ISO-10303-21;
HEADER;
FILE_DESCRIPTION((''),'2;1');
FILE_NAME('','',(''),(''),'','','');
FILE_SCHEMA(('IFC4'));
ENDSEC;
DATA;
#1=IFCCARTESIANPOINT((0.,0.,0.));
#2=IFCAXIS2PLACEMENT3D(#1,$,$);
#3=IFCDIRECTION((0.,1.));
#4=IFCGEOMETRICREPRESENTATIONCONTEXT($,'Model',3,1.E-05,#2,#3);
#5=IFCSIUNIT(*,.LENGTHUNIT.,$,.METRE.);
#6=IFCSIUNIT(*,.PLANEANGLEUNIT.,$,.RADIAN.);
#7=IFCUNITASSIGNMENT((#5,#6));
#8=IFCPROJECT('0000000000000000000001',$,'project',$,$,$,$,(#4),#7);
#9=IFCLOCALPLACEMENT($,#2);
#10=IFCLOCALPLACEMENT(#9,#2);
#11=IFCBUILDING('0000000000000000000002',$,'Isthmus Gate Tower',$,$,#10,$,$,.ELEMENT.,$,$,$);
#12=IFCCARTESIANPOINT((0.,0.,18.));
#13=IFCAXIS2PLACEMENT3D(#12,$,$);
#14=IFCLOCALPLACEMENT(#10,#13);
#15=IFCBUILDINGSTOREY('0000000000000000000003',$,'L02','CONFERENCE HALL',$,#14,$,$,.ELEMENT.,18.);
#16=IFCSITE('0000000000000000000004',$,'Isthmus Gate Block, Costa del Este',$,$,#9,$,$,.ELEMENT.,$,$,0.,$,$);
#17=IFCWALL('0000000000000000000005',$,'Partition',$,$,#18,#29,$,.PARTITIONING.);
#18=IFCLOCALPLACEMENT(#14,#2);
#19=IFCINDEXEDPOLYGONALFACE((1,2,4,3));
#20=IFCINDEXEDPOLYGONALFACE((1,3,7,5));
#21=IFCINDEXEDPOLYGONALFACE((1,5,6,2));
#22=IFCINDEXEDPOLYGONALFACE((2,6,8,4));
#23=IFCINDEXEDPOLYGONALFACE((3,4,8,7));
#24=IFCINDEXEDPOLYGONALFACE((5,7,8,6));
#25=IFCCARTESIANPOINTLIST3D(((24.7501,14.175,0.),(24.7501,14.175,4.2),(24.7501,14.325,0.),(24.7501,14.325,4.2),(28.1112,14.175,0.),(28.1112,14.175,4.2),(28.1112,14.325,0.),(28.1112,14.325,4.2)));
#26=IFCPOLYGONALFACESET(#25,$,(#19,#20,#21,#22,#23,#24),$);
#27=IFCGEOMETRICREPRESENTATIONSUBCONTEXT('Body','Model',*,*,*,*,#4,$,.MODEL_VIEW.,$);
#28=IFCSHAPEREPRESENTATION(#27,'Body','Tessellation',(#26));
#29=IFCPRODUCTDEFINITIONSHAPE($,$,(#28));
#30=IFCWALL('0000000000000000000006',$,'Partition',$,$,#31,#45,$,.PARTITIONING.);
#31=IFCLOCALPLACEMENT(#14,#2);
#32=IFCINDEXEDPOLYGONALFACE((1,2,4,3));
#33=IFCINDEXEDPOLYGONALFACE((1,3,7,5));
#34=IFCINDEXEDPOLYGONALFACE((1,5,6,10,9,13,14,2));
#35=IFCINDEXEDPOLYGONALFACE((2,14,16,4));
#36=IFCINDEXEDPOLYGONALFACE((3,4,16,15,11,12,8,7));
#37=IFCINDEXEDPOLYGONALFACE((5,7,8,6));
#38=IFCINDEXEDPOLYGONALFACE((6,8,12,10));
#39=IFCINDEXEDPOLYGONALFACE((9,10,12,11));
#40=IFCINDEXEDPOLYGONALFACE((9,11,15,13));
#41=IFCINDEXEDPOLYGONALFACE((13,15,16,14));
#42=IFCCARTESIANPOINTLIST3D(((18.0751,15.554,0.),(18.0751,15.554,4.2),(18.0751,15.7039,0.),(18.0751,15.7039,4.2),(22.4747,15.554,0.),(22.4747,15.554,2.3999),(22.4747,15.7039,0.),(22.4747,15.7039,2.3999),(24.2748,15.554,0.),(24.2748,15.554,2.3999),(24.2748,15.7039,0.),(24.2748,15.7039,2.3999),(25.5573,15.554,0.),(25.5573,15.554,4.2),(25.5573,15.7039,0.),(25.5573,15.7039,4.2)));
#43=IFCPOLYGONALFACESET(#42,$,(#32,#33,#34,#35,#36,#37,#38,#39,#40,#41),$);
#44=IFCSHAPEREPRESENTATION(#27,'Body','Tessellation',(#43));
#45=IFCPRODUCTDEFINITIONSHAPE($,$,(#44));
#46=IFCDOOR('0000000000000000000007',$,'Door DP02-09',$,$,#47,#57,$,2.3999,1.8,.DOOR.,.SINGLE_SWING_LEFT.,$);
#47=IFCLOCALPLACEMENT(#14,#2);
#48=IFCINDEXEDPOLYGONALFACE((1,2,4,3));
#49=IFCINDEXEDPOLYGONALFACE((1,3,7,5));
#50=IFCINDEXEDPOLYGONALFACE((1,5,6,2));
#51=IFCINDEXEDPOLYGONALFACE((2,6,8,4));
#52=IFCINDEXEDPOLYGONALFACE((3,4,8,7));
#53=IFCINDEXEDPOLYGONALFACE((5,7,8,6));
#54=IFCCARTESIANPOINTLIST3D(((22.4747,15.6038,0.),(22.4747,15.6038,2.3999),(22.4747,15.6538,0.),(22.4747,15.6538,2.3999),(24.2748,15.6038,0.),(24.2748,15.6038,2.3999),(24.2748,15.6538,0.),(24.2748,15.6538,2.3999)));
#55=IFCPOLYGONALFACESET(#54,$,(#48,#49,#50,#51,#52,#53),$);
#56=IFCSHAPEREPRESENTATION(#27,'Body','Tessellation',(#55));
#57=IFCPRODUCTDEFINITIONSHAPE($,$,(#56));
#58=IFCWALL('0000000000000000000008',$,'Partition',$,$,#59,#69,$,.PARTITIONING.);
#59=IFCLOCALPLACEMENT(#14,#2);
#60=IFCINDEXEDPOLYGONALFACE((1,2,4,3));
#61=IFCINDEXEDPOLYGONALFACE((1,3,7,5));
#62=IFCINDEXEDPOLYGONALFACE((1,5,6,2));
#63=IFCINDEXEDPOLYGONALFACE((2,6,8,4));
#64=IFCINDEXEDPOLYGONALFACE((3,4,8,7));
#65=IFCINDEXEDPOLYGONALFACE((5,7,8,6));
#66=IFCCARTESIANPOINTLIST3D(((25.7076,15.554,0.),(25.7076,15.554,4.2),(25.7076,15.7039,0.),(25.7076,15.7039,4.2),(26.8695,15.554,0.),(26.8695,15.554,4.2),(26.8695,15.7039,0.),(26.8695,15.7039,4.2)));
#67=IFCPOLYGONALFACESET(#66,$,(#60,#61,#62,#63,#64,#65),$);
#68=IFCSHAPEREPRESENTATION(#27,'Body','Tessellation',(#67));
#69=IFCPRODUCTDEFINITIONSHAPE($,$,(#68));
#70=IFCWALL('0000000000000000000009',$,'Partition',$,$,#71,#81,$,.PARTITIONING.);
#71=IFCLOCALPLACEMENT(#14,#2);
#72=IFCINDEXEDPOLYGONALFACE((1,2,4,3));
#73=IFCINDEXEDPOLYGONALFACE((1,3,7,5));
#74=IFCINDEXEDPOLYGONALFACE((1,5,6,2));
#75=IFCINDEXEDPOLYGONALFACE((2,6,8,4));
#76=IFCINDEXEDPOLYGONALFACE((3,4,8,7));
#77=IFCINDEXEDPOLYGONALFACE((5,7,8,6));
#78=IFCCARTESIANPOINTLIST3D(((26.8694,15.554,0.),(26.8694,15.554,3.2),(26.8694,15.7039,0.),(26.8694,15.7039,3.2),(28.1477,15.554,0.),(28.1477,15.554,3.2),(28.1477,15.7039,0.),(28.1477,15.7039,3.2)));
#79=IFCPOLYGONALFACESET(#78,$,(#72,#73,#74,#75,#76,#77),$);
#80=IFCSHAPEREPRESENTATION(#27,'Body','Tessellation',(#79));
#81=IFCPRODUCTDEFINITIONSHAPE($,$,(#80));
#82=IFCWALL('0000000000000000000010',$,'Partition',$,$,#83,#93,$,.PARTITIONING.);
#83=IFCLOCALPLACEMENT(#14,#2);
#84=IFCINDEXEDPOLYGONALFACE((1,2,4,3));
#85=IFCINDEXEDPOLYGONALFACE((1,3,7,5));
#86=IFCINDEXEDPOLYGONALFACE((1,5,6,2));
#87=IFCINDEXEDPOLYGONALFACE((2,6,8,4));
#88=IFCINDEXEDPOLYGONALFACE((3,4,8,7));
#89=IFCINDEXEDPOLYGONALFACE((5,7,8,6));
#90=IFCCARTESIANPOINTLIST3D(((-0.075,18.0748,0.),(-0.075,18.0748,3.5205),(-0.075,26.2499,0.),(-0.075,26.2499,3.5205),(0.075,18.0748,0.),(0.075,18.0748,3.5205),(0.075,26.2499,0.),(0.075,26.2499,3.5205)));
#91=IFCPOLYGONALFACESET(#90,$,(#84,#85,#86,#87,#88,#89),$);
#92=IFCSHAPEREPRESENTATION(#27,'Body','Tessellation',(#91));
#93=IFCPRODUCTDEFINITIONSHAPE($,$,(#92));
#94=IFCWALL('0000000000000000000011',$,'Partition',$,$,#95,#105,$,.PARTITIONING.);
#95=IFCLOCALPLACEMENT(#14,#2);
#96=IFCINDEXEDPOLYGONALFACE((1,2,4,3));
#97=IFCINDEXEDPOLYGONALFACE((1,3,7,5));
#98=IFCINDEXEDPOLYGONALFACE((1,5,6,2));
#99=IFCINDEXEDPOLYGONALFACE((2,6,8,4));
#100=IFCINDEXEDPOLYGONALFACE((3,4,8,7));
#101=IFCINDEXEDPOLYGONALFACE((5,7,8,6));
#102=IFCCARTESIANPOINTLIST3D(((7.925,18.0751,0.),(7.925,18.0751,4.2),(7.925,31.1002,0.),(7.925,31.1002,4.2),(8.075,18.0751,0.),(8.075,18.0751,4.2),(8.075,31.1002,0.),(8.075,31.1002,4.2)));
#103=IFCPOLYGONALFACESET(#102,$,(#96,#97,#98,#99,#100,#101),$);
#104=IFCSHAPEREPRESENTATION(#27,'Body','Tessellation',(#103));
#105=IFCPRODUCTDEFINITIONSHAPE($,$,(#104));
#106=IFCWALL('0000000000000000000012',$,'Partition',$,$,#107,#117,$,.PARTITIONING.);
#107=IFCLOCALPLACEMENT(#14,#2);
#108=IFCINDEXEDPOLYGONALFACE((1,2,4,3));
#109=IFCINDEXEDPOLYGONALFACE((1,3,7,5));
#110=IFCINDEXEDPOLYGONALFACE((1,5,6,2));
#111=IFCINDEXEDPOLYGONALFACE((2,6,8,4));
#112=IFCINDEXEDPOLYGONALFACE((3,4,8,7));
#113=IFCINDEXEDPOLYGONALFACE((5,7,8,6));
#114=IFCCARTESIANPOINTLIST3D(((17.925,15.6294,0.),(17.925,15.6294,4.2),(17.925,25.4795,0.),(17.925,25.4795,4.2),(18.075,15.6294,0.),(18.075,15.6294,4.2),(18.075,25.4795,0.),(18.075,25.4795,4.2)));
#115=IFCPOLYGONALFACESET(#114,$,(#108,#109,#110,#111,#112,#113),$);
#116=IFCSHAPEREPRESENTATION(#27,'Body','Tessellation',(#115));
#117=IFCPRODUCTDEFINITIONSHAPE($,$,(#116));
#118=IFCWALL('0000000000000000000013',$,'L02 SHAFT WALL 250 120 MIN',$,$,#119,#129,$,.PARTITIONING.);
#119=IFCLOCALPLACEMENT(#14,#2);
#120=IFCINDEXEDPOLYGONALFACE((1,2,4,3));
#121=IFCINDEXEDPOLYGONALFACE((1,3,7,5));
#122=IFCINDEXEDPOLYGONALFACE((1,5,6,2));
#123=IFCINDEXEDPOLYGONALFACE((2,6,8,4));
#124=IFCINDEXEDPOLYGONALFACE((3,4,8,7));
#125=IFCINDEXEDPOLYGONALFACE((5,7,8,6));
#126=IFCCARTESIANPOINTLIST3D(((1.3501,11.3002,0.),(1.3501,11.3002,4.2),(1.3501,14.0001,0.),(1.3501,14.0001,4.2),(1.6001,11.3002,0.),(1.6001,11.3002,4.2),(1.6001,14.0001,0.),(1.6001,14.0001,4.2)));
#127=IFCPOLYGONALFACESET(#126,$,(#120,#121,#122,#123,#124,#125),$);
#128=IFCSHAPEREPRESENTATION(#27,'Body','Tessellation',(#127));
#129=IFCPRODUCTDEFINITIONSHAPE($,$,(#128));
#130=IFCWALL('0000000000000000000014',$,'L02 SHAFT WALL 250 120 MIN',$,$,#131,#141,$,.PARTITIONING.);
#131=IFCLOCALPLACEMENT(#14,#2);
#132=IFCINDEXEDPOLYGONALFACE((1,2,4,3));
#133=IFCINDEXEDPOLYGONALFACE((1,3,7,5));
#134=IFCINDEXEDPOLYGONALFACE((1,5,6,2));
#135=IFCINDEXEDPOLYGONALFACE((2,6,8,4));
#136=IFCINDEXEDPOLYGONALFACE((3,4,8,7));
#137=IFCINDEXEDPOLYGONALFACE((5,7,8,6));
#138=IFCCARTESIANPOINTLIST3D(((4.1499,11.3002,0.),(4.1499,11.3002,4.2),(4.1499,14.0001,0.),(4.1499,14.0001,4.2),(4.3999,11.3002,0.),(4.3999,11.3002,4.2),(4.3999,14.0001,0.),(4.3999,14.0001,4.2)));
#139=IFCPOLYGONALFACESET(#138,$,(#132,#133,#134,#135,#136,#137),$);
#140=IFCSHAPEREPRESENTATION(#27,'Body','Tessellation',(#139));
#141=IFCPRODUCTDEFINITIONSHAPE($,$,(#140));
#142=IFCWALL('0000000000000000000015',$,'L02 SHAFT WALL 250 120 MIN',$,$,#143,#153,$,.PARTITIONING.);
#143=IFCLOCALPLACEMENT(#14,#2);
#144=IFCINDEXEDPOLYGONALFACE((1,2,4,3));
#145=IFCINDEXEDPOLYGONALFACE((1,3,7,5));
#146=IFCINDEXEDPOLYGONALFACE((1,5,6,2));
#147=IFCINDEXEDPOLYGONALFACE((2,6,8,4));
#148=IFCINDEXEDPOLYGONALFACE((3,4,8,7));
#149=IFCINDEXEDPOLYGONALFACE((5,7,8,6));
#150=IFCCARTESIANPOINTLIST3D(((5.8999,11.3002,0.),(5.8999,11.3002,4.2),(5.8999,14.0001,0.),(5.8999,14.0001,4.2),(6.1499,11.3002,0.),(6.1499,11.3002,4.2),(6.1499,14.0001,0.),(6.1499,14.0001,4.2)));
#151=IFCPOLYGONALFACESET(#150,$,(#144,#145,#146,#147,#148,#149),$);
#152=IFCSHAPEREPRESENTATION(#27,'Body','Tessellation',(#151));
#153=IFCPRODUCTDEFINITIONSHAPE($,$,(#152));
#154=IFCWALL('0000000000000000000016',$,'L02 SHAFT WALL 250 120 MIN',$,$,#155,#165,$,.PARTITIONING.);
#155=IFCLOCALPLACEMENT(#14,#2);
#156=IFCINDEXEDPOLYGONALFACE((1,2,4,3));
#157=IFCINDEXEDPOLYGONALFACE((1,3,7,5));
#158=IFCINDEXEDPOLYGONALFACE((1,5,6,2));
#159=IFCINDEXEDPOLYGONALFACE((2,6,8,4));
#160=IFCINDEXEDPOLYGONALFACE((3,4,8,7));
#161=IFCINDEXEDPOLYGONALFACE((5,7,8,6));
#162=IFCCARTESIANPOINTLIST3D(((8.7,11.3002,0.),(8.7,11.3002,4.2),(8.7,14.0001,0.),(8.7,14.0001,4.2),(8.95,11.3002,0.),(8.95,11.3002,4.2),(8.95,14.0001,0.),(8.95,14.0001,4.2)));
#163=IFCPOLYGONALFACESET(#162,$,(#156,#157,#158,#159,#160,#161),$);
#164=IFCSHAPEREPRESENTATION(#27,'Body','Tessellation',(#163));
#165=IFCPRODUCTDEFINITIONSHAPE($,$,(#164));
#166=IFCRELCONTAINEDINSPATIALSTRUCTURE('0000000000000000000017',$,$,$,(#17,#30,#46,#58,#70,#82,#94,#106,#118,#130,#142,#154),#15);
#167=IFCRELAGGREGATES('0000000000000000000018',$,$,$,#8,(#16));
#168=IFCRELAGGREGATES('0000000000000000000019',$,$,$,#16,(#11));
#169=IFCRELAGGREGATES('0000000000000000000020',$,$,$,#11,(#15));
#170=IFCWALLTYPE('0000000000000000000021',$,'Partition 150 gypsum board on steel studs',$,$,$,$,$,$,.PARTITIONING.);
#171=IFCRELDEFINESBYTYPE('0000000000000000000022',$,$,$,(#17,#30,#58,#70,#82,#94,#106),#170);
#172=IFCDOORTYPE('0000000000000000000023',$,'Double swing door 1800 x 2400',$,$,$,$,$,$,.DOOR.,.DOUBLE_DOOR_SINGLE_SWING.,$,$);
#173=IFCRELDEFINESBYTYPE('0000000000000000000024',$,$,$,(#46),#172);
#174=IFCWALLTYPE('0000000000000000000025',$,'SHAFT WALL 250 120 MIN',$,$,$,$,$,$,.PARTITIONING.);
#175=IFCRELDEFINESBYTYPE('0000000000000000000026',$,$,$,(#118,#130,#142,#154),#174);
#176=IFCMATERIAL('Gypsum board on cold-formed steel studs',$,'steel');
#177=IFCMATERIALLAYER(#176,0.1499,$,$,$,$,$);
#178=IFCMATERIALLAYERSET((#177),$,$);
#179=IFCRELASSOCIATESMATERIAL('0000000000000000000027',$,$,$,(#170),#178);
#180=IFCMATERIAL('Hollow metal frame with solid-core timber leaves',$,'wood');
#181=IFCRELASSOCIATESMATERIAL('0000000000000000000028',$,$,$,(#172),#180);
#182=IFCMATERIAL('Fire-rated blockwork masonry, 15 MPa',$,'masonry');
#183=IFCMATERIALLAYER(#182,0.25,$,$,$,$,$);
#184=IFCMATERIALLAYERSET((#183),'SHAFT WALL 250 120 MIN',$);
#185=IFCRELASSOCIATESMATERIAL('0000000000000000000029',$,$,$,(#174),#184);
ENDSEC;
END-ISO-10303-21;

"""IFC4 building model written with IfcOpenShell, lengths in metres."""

from ifc_helpers import new_model, si_unit, direction, frame, frame_2d, origin, place, context, subcontext, project, spatial, rectangle, extrude, material, layer, layer_set, type_object, element, fill, save


model = new_model("IFC4")

# Units and contexts
model_context = context("Model", 3, precision=1e-05, world=origin(), true_north=direction((0.0, 1.0)))
body_context = subcontext(model_context, "Body", "Model", "MODEL_VIEW")
ifc_project = project(units=[si_unit("LENGTHUNIT", "METRE"), si_unit("PLANEANGLEUNIT", "RADIAN")], contexts=[model_context])

# Site, building, storey
site_placement = place(None, origin())
site = spatial("IfcSite", under=ifc_project, at=site_placement, Name="Isthmus Gate Block, Costa del Este", CompositionType="ELEMENT", RefElevation=0.0)
building_placement = place(site_placement, origin())
building = spatial("IfcBuilding", under=site, at=building_placement, Name="Isthmus Gate Tower", CompositionType="ELEMENT")
storey_placement = place(building_placement, frame((0.0, 0.0, 18.0)))
storey = spatial("IfcBuildingStorey", under=building, at=storey_placement, Name="L02", Description="CONFERENCE HALL", CompositionType="ELEMENT", Elevation=18.0)

# Wall
ifc_material_1 = material(Name="Gypsum board on cold-formed steel studs", Category="steel")
ifc_layer_1 = layer(ifc_material_1, 0.1499)
ifc_layer_set_1 = layer_set([ifc_layer_1])
wall_type_1 = type_object("IfcWallType", Name="Partition 150 gypsum board on steel studs", PredefinedType="PARTITIONING", material=ifc_layer_set_1)
wall_1_placement = place(storey_placement, frame((24.75, 14.25, 0.0), z_axis=(0.0, 0.0, 1.0), x_axis=(1.0, 0.0, 0.0)))
element("IfcWall", 1, at=wall_1_placement, inside=storey, type_object=wall_type_1, Name="Partition", PredefinedType="PARTITIONING", context=body_context, shape_type="SweptSolid", body=[
    extrude(rectangle(XDim=3.3611, YDim=0.1499, at=frame_2d((1.6807, 0.0))), origin(), (0.0, 0.0, 1.0), 4.2),
])

# Wall, opening, door
wall_2_placement = place(storey_placement, frame((18.075, 15.6289, 0.0), z_axis=(0.0, 0.0, 1.0), x_axis=(1.0, 0.0, 0.0)))
wall_2 = element("IfcWall", 2, at=wall_2_placement, inside=storey, type_object=wall_type_1, Name="Partition", PredefinedType="PARTITIONING", context=body_context, shape_type="SweptSolid", body=[
    extrude(rectangle(XDim=7.4822, YDim=0.1499, at=frame_2d((3.7412, 0.0))), origin(), (0.0, 0.0, 1.0), 4.2),
])
opening_placement = place(wall_2_placement, frame((4.3999, 0.0, 0.0)))
opening = element("IfcOpeningElement", 3, at=opening_placement, cuts=wall_2, PredefinedType="OPENING", context=body_context, shape_type="SweptSolid", body=[
    extrude(rectangle(XDim=1.8, YDim=2.3999, at=frame_2d((0.8999, 1.2))), frame((0.0, 0.085, 0.0), z_axis=(0.0, -1.0, 0.0), x_axis=(1.0, 0.0, 0.0)), (0.0, 0.0, 1.0), 0.1699),
])
ifc_material_2 = material(Name="Hollow metal frame with solid-core timber leaves", Category="wood")
door_type = type_object("IfcDoorType", Name="Double swing door 1800 x 2400", OperationType="DOUBLE_DOOR_SINGLE_SWING", PredefinedType="DOOR", material=ifc_material_2)
door_placement = place(opening_placement, origin())
door = element("IfcDoor", 4, at=door_placement, inside=storey, type_object=door_type, Name="Door DP02-09", OperationType="SINGLE_SWING_LEFT", OverallHeight=2.3999, OverallWidth=1.8, PredefinedType="DOOR", context=body_context, shape_type="SweptSolid", body=[
    extrude(rectangle(XDim=1.8, YDim=2.3999, at=frame_2d((0.8999, 1.2))), frame((0.0, 0.0249, 0.0), z_axis=(0.0, -1.0, 0.0), x_axis=(1.0, 0.0, 0.0)), (0.0, 0.0, 1.0), 0.05),
])
fill(opening, door)

# Walls
wall_3_placement = place(storey_placement, frame((25.7075, 15.6289, 0.0), z_axis=(0.0, 0.0, 1.0), x_axis=(1.0, 0.0, 0.0)))
element("IfcWall", 5, at=wall_3_placement, inside=storey, type_object=wall_type_1, Name="Partition", PredefinedType="PARTITIONING", context=body_context, shape_type="SweptSolid", body=[
    extrude(rectangle(XDim=1.1619, YDim=0.1499, at=frame_2d((0.5811, 0.0))), origin(), (0.0, 0.0, 1.0), 4.2),
])
wall_4_placement = place(storey_placement, frame((26.8694, 15.6289, 0.0), z_axis=(0.0, 0.0, 1.0), x_axis=(1.0, 0.0, 0.0)))
element("IfcWall", 6, at=wall_4_placement, inside=storey, type_object=wall_type_1, Name="Partition", PredefinedType="PARTITIONING", context=body_context, shape_type="SweptSolid", body=[
    extrude(rectangle(XDim=1.2783, YDim=0.1499, at=frame_2d((0.6392, 0.0))), origin(), (0.0, 0.0, 1.0), 3.2),
])
wall_5_placement = place(storey_placement, frame((0.0, 18.075, 0.0), z_axis=(0.0, 0.0, 1.0), x_axis=(0.0, 1.0, 0.0)))
element("IfcWall", 7, at=wall_5_placement, inside=storey, type_object=wall_type_1, Name="Partition", PredefinedType="PARTITIONING", context=body_context, shape_type="SweptSolid", body=[
    extrude(rectangle(XDim=8.175, YDim=0.1499, at=frame_2d((4.0874, 0.0))), origin(), (0.0, 0.0, 1.0), 3.5205),
])
wall_6_placement = place(storey_placement, frame((8.0, 18.075, 0.0), z_axis=(0.0, 0.0, 1.0), x_axis=(0.0, 1.0, 0.0)))
element("IfcWall", 8, at=wall_6_placement, inside=storey, type_object=wall_type_1, Name="Partition", PredefinedType="PARTITIONING", context=body_context, shape_type="SweptSolid", body=[
    extrude(rectangle(XDim=13.0251, YDim=0.1499, at=frame_2d((6.5127, 0.0))), origin(), (0.0, 0.0, 1.0), 4.2),
])
wall_7_placement = place(storey_placement, frame((18.0, 15.6294, 0.0), z_axis=(0.0, 0.0, 1.0), x_axis=(0.0, 1.0, 0.0)))
element("IfcWall", 9, at=wall_7_placement, inside=storey, type_object=wall_type_1, Name="Partition", PredefinedType="PARTITIONING", context=body_context, shape_type="SweptSolid", body=[
    extrude(rectangle(XDim=9.8501, YDim=0.1499, at=frame_2d((4.925, 0.0))), origin(), (0.0, 0.0, 1.0), 4.2),
])
ifc_material_3 = material(Name="Fire-rated blockwork masonry, 15 MPa", Category="masonry")
ifc_layer_2 = layer(ifc_material_3, 0.25)
ifc_layer_set_2 = layer_set([ifc_layer_2], Name="SHAFT WALL 250 120 MIN")
wall_type_2 = type_object("IfcWallType", Name="SHAFT WALL 250 120 MIN", PredefinedType="PARTITIONING", material=ifc_layer_set_2)
for number, where, z_axis, x_axis, name in (
    (10, (1.4751, 11.3, 0.0), (0.0, 0.0, 1.0), (0.0, 1.0, 0.0), "L02 SHAFT WALL 250 120 MIN"),
    (11, (4.2749, 11.3, 0.0), (0.0, 0.0, 1.0), (0.0, 1.0, 0.0), "L02 SHAFT WALL 250 120 MIN"),
    (12, (6.0249, 11.3, 0.0), (0.0, 0.0, 1.0), (0.0, 1.0, 0.0), "L02 SHAFT WALL 250 120 MIN"),
    (13, (8.825, 11.3, 0.0), (0.0, 0.0, 1.0), (0.0, 1.0, 0.0), "L02 SHAFT WALL 250 120 MIN"),
):
    element("IfcWall", number, at=place(storey_placement, frame(where, z_axis=z_axis, x_axis=x_axis)), inside=storey, type_object=wall_type_2, Name=name, PredefinedType="PARTITIONING", context=body_context, shape_type="SweptSolid", body=[
        extrude(rectangle(XDim=2.7, YDim=0.25, at=frame_2d((1.3501, 0.0))), origin(), (0.0, 0.0, 1.0), 4.2),
    ])

save(model, "model.ifc")
